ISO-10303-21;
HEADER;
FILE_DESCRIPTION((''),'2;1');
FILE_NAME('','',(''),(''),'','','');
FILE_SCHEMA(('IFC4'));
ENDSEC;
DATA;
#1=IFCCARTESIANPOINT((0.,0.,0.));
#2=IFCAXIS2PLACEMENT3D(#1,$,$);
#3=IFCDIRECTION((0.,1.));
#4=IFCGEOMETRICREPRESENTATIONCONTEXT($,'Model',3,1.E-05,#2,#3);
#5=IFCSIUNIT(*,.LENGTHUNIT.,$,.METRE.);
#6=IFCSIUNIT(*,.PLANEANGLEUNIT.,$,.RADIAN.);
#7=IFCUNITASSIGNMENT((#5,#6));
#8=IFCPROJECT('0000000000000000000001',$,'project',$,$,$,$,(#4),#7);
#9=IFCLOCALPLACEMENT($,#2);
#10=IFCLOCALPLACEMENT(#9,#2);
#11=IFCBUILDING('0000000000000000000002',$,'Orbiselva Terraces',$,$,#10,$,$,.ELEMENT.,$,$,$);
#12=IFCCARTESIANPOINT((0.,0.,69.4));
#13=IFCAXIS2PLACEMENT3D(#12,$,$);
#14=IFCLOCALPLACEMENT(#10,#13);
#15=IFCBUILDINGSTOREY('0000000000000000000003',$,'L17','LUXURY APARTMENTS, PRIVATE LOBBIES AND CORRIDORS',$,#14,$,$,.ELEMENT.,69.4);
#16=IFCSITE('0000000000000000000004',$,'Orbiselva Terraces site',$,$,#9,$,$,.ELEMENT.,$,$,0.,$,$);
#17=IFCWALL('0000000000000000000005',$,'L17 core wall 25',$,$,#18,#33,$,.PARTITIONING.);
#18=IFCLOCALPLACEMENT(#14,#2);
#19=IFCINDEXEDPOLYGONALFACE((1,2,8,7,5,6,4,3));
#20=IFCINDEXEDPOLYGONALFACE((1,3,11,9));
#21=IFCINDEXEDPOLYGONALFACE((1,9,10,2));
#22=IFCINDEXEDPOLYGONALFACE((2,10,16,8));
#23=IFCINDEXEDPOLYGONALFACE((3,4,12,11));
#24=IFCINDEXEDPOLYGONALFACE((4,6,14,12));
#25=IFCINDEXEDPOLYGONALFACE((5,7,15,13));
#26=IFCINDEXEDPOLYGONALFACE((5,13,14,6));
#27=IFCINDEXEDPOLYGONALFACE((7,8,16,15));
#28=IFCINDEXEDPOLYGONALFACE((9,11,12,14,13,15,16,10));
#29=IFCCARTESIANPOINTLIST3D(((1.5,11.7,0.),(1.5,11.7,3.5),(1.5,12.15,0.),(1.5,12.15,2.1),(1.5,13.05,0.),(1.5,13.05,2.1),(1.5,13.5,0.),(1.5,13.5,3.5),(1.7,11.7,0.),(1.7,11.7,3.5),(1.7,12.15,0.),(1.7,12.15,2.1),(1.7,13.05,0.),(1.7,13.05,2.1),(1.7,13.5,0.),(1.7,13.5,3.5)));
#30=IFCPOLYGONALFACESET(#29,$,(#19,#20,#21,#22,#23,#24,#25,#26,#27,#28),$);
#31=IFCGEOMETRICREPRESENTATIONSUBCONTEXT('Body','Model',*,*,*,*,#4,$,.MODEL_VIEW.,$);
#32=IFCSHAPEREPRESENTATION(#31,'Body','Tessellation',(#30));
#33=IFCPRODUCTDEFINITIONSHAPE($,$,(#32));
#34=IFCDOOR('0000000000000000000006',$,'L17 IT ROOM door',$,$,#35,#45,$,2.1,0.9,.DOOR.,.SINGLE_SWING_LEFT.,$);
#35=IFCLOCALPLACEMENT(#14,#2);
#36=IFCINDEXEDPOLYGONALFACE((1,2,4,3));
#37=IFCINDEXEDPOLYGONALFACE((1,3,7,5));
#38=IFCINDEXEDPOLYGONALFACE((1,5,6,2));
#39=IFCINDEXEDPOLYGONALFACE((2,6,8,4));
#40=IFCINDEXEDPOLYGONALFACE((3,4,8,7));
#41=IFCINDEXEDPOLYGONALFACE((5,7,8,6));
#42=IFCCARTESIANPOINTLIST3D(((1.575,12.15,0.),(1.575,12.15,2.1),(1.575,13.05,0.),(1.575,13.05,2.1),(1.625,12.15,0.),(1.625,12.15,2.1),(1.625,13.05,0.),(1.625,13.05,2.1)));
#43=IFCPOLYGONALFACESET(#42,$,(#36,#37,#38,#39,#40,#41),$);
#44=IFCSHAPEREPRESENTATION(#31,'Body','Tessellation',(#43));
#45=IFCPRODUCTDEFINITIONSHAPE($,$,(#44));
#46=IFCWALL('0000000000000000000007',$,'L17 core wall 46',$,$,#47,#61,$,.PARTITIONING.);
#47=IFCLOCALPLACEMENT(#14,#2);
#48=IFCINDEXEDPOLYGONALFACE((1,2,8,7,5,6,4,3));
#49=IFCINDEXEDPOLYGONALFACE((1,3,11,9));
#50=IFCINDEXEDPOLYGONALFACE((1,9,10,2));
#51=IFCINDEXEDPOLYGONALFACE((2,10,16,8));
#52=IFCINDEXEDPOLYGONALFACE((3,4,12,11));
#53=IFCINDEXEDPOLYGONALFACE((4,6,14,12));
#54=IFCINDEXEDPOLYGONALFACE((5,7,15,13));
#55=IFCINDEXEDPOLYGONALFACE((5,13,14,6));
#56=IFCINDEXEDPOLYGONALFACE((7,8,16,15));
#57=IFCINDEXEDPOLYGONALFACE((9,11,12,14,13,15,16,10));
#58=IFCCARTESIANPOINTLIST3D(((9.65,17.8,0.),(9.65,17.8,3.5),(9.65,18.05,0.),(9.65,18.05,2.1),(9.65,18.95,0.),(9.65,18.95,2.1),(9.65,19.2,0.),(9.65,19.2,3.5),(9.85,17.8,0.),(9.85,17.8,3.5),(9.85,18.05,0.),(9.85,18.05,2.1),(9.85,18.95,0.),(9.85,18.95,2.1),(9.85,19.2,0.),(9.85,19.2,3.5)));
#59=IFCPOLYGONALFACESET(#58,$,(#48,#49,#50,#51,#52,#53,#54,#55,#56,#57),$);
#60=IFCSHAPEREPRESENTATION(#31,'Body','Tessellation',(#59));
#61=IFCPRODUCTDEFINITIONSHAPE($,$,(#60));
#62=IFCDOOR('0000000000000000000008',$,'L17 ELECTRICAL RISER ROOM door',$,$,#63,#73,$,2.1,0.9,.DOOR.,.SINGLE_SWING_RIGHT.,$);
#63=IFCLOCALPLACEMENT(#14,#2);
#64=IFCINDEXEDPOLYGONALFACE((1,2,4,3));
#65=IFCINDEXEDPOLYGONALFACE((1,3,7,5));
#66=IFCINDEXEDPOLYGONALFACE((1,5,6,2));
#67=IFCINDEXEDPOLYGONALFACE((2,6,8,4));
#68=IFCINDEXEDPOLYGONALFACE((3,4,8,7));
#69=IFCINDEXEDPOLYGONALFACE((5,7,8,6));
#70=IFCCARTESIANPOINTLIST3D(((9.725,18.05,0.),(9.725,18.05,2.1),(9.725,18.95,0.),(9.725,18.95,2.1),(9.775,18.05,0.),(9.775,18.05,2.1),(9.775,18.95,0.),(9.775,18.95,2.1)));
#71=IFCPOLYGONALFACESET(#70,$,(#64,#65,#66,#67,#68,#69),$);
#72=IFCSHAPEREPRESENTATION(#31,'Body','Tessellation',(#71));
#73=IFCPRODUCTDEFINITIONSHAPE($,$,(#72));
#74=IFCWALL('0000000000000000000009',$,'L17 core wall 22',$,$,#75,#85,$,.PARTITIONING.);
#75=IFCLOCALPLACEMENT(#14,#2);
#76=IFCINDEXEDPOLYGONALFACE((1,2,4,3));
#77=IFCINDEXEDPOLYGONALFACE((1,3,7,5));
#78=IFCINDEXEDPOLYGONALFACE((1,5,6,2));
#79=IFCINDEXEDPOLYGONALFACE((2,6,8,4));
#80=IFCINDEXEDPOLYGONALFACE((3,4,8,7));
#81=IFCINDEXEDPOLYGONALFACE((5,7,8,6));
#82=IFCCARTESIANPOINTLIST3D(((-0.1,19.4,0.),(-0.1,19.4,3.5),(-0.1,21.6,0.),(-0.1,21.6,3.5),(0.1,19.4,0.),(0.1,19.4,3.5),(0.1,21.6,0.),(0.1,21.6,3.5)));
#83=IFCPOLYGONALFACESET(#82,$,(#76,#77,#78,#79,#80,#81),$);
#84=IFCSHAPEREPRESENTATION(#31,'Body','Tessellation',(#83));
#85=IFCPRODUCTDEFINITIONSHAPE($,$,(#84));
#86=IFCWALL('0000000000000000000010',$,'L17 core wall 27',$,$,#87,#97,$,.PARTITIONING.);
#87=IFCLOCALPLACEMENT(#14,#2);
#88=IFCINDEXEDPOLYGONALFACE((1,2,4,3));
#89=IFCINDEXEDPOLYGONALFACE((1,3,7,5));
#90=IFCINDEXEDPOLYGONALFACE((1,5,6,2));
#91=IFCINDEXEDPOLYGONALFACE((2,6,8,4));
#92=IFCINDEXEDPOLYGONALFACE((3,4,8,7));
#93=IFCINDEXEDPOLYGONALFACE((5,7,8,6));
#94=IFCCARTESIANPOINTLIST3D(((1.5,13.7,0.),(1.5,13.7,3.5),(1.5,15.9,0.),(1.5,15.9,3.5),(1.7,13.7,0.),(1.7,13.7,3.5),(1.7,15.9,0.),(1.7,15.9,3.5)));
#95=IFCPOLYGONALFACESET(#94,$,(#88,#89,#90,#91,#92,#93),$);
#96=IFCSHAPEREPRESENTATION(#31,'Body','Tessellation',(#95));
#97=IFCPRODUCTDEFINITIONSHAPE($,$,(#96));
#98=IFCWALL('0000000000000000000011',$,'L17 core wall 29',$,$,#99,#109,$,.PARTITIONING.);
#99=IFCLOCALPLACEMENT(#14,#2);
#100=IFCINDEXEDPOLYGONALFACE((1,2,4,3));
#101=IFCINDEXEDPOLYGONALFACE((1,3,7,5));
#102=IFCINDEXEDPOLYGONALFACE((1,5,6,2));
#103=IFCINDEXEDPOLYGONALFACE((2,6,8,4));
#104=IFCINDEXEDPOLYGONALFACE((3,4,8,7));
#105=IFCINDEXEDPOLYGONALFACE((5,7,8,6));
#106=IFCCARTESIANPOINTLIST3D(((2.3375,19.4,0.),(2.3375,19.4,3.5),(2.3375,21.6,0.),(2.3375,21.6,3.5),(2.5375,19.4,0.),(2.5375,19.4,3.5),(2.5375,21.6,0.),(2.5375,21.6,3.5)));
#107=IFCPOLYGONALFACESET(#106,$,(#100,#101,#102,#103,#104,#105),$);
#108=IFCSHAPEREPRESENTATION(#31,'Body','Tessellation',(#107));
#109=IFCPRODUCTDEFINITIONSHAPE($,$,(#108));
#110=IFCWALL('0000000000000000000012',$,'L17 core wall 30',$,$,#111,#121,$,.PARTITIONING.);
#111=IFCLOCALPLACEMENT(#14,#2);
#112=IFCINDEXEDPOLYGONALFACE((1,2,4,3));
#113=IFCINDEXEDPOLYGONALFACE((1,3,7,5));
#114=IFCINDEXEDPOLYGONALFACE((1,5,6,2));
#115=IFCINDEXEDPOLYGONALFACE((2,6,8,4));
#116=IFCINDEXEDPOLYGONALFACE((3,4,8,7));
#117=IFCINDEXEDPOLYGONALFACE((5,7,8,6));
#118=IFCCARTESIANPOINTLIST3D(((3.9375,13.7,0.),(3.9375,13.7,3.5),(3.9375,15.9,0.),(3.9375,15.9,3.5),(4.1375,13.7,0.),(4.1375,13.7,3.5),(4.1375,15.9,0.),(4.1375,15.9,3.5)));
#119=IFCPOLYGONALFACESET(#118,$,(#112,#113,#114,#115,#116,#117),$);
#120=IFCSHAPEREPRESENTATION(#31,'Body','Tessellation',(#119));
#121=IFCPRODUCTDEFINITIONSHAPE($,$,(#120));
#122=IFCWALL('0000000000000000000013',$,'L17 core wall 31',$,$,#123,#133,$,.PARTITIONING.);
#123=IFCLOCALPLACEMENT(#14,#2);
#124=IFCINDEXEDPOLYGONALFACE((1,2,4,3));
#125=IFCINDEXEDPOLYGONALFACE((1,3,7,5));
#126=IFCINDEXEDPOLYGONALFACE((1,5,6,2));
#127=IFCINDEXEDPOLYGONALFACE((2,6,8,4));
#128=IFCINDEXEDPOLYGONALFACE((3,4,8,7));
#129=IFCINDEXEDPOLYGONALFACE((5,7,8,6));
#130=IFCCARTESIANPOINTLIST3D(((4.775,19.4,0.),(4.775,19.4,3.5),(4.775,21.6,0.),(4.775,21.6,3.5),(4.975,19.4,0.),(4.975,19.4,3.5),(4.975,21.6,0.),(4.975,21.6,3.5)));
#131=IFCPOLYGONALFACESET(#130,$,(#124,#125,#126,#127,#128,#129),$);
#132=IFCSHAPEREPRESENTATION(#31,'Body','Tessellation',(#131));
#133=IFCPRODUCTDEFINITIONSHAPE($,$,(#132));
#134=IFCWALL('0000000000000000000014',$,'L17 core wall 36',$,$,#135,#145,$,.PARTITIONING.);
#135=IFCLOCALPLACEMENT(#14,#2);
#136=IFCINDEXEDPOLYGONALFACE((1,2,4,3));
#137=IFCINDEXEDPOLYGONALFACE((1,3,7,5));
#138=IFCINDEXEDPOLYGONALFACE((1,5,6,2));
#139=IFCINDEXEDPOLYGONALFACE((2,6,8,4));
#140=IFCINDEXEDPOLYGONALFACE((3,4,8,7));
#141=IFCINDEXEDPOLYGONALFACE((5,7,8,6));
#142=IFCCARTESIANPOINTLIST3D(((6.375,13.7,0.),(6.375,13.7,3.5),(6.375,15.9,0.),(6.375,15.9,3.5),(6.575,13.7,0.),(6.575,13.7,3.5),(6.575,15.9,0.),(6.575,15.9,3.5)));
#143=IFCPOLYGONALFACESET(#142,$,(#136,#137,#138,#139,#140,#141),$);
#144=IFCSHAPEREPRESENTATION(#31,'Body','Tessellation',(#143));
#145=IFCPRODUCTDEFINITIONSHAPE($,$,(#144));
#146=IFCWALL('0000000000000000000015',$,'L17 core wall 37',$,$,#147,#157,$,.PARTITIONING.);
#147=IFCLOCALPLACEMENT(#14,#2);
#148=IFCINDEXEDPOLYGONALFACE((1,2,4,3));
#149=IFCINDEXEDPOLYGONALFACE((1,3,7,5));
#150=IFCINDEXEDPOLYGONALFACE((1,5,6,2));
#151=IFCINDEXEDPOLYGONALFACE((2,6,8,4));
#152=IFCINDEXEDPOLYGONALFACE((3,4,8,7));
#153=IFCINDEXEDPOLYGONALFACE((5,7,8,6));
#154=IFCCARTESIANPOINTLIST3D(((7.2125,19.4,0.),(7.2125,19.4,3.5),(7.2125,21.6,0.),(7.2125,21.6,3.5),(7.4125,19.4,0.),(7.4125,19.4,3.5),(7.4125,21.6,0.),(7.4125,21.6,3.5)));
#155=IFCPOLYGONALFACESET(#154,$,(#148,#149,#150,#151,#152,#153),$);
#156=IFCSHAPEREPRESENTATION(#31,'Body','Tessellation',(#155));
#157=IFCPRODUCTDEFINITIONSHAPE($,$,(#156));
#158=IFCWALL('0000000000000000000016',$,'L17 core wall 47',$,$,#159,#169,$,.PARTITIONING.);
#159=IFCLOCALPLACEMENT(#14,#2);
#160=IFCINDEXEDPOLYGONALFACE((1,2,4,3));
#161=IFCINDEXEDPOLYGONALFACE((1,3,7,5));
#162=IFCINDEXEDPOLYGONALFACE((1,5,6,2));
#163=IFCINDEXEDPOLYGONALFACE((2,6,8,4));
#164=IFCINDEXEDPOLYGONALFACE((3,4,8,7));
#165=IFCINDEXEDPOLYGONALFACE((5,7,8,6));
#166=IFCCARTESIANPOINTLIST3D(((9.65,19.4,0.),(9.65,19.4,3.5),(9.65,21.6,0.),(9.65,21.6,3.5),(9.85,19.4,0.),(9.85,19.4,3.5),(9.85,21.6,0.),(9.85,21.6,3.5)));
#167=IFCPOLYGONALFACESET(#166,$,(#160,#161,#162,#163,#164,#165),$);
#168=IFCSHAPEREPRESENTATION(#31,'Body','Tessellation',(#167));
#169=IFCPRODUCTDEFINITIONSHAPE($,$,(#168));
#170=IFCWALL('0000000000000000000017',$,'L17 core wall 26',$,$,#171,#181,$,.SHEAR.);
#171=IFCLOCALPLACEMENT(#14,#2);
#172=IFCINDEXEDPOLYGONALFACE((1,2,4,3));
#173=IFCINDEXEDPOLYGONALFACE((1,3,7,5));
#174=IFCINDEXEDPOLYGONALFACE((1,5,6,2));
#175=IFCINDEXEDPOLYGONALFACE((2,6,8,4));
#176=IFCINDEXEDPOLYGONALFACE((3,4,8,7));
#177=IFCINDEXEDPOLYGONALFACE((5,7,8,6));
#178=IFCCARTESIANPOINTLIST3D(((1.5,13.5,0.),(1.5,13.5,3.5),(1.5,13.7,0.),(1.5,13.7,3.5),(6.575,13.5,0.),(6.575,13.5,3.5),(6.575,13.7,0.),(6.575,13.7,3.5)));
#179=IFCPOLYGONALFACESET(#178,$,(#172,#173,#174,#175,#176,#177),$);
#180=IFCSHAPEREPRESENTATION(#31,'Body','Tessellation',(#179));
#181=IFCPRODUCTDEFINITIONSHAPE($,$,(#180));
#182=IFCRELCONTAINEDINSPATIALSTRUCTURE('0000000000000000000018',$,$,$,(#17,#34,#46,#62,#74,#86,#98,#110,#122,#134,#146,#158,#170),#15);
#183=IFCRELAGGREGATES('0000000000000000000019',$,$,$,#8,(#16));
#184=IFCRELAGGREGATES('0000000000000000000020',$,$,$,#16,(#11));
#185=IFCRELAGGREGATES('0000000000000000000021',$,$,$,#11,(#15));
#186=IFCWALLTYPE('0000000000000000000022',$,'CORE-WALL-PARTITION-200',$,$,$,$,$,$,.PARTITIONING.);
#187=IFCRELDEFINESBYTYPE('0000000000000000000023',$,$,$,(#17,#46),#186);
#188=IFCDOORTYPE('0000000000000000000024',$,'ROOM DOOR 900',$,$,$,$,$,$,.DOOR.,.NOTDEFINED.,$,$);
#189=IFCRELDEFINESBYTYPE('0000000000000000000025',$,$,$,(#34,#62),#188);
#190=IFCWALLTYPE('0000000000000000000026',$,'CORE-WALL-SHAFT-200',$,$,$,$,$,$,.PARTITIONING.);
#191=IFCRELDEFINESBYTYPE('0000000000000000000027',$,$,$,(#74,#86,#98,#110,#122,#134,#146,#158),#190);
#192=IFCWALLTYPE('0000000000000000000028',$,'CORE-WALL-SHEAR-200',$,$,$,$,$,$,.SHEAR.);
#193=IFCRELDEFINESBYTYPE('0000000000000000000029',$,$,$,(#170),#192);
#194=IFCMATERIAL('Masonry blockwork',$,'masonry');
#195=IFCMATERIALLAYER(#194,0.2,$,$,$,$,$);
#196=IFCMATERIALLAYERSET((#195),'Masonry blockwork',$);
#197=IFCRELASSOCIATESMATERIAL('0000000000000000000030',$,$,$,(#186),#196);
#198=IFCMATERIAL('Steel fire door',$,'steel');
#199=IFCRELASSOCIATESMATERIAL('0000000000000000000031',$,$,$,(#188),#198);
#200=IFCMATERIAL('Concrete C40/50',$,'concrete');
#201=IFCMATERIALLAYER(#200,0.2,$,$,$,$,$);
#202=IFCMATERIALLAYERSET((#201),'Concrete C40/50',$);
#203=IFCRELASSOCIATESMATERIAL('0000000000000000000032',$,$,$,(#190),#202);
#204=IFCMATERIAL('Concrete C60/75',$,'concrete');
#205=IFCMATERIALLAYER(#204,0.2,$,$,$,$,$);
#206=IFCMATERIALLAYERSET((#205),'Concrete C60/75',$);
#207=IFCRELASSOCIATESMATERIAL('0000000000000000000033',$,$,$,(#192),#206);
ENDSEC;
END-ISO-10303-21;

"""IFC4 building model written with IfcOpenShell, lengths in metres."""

from ifc_helpers import new_model, si_unit, direction, frame, frame_2d, origin, place, context, subcontext, project, spatial, rectangle, extrude, material, layer, layer_set, type_object, element, fill, save


model = new_model("IFC4")

# Units and contexts
model_context = context("Model", 3, precision=1e-05, world=origin(), true_north=direction((0.0, 1.0)))
body_context = subcontext(model_context, "Body", "Model", "MODEL_VIEW")
ifc_project = project(units=[si_unit("LENGTHUNIT", "METRE"), si_unit("PLANEANGLEUNIT", "RADIAN")], contexts=[model_context])

# Site, building, storey
site_placement = place(None, origin())
site = spatial("IfcSite", under=ifc_project, at=site_placement, Name="Orbiselva Terraces site", CompositionType="ELEMENT", RefElevation=0.0)
building_placement = place(site_placement, origin())
building = spatial("IfcBuilding", under=site, at=building_placement, Name="Orbiselva Terraces", CompositionType="ELEMENT")
storey_placement = place(building_placement, frame((0.0, 0.0, 69.4)))
storey = spatial("IfcBuildingStorey", under=building, at=storey_placement, Name="L17", Description="LUXURY APARTMENTS, PRIVATE LOBBIES AND CORRIDORS", CompositionType="ELEMENT", Elevation=69.4)

# Walls, openings, doors
ifc_material_1 = material(Name="Masonry blockwork", Category="masonry")
ifc_layer_1 = layer(ifc_material_1, 0.2)
ifc_layer_set_1 = layer_set([ifc_layer_1], Name="Masonry blockwork")
wall_type_1 = type_object("IfcWallType", Name="CORE-WALL-PARTITION-200", PredefinedType="PARTITIONING", material=ifc_layer_set_1)
wall_1_placement = place(storey_placement, frame((1.6, 13.5, 0.0), z_axis=(0.0, 0.0, 1.0), x_axis=(0.0, -1.0, 0.0)))
wall_1 = element("IfcWall", 1, at=wall_1_placement, inside=storey, type_object=wall_type_1, Name="L17 core wall 25", PredefinedType="PARTITIONING", context=body_context, shape_type="SweptSolid", body=[
    extrude(rectangle(XDim=1.8, YDim=0.2, at=frame_2d((0.9, 0.0))), origin(), (0.0, 0.0, 1.0), 3.5),
])
opening_1_placement = place(wall_1_placement, frame((0.45, 0.0, 0.0)))
opening_1 = element("IfcOpeningElement", 2, at=opening_1_placement, cuts=wall_1, PredefinedType="OPENING", context=body_context, shape_type="SweptSolid", body=[
    extrude(rectangle(XDim=0.9, YDim=2.1, at=frame_2d((0.45, 1.05))), frame((0.0, 0.11, 0.0), z_axis=(0.0, -1.0, 0.0), x_axis=(1.0, 0.0, 0.0)), (0.0, 0.0, 1.0), 0.22),
])
ifc_material_2 = material(Name="Steel fire door", Category="steel")
door_type = type_object("IfcDoorType", Name="ROOM DOOR 900", OperationType="NOTDEFINED", PredefinedType="DOOR", material=ifc_material_2)
door_1_placement = place(opening_1_placement, origin())
door_1 = element("IfcDoor", 3, at=door_1_placement, inside=storey, type_object=door_type, Name="L17 IT ROOM door", OperationType="SINGLE_SWING_LEFT", OverallHeight=2.1, OverallWidth=0.9, PredefinedType="DOOR", context=body_context, shape_type="SweptSolid", body=[
    extrude(rectangle(XDim=0.9, YDim=2.1, at=frame_2d((0.45, 1.05))), frame((0.0, 0.025, 0.0), z_axis=(0.0, -1.0, 0.0), x_axis=(1.0, 0.0, 0.0)), (0.0, 0.0, 1.0), 0.05),
])
fill(opening_1, door_1)
wall_2_placement = place(storey_placement, frame((9.75, 19.2, 0.0), z_axis=(0.0, 0.0, 1.0), x_axis=(0.0, -1.0, 0.0)))
wall_2 = element("IfcWall", 4, at=wall_2_placement, inside=storey, type_object=wall_type_1, Name="L17 core wall 46", PredefinedType="PARTITIONING", context=body_context, shape_type="SweptSolid", body=[
    extrude(rectangle(XDim=1.4, YDim=0.2, at=frame_2d((0.7, 0.0))), origin(), (0.0, 0.0, 1.0), 3.5),
])
opening_2_placement = place(wall_2_placement, frame((0.25, 0.0, 0.0)))
opening_2 = element("IfcOpeningElement", 5, at=opening_2_placement, cuts=wall_2, PredefinedType="OPENING", context=body_context, shape_type="SweptSolid", body=[
    extrude(rectangle(XDim=0.9, YDim=2.1, at=frame_2d((0.45, 1.05))), frame((0.0, 0.11, 0.0), z_axis=(0.0, -1.0, 0.0), x_axis=(1.0, 0.0, 0.0)), (0.0, 0.0, 1.0), 0.22),
])
door_2_placement = place(opening_2_placement, origin())
door_2 = element("IfcDoor", 6, at=door_2_placement, inside=storey, type_object=door_type, Name="L17 ELECTRICAL RISER ROOM door", OperationType="SINGLE_SWING_RIGHT", OverallHeight=2.1, OverallWidth=0.9, PredefinedType="DOOR", context=body_context, shape_type="SweptSolid", body=[
    extrude(rectangle(XDim=0.9, YDim=2.1, at=frame_2d((0.45, 1.05))), frame((0.0, 0.025, 0.0), z_axis=(0.0, -1.0, 0.0), x_axis=(1.0, 0.0, 0.0)), (0.0, 0.0, 1.0), 0.05),
])
fill(opening_2, door_2)

# Walls
ifc_material_3 = material(Name="Concrete C40/50", Category="concrete")
ifc_layer_2 = layer(ifc_material_3, 0.2)
ifc_layer_set_2 = layer_set([ifc_layer_2], Name="Concrete C40/50")
wall_type_2 = type_object("IfcWallType", Name="CORE-WALL-SHAFT-200", PredefinedType="PARTITIONING", material=ifc_layer_set_2)
for number, where, z_axis, x_axis, name in (
    (7, (0.0, 19.4, 0.0), (0.0, 0.0, 1.0), (0.0, 1.0, 0.0), "L17 core wall 22"),
    (8, (1.6, 13.7, 0.0), (0.0, 0.0, 1.0), (0.0, 1.0, 0.0), "L17 core wall 27"),
    (9, (2.4375, 19.4, 0.0), (0.0, 0.0, 1.0), (0.0, 1.0, 0.0), "L17 core wall 29"),
    (10, (4.0375, 13.7, 0.0), (0.0, 0.0, 1.0), (0.0, 1.0, 0.0), "L17 core wall 30"),
    (11, (4.875, 19.4, 0.0), (0.0, 0.0, 1.0), (0.0, 1.0, 0.0), "L17 core wall 31"),
    (12, (6.475, 13.7, 0.0), (0.0, 0.0, 1.0), (0.0, 1.0, 0.0), "L17 core wall 36"),
    (13, (7.3125, 19.4, 0.0), (0.0, 0.0, 1.0), (0.0, 1.0, 0.0), "L17 core wall 37"),
    (14, (9.75, 19.4, 0.0), (0.0, 0.0, 1.0), (0.0, 1.0, 0.0), "L17 core wall 47"),
):
    element("IfcWall", number, at=place(storey_placement, frame(where, z_axis=z_axis, x_axis=x_axis)), inside=storey, type_object=wall_type_2, Name=name, PredefinedType="PARTITIONING", context=body_context, shape_type="SweptSolid", body=[
        extrude(rectangle(XDim=2.2, YDim=0.2, at=frame_2d((1.1, 0.0))), origin(), (0.0, 0.0, 1.0), 3.5),
    ])
ifc_material_4 = material(Name="Concrete C60/75", Category="concrete")
ifc_layer_3 = layer(ifc_material_4, 0.2)
ifc_layer_set_3 = layer_set([ifc_layer_3], Name="Concrete C60/75")
wall_type_3 = type_object("IfcWallType", Name="CORE-WALL-SHEAR-200", PredefinedType="SHEAR", material=ifc_layer_set_3)
wall_3_placement = place(storey_placement, frame((1.5, 13.6, 0.0), z_axis=(0.0, 0.0, 1.0), x_axis=(1.0, 0.0, 0.0)))
element("IfcWall", 15, at=wall_3_placement, inside=storey, type_object=wall_type_3, Name="L17 core wall 26", PredefinedType="SHEAR", context=body_context, shape_type="SweptSolid", body=[
    extrude(rectangle(XDim=5.075, YDim=0.2, at=frame_2d((2.5375, 0.0))), origin(), (0.0, 0.0, 1.0), 3.5),
])

save(model, "model.ifc")
